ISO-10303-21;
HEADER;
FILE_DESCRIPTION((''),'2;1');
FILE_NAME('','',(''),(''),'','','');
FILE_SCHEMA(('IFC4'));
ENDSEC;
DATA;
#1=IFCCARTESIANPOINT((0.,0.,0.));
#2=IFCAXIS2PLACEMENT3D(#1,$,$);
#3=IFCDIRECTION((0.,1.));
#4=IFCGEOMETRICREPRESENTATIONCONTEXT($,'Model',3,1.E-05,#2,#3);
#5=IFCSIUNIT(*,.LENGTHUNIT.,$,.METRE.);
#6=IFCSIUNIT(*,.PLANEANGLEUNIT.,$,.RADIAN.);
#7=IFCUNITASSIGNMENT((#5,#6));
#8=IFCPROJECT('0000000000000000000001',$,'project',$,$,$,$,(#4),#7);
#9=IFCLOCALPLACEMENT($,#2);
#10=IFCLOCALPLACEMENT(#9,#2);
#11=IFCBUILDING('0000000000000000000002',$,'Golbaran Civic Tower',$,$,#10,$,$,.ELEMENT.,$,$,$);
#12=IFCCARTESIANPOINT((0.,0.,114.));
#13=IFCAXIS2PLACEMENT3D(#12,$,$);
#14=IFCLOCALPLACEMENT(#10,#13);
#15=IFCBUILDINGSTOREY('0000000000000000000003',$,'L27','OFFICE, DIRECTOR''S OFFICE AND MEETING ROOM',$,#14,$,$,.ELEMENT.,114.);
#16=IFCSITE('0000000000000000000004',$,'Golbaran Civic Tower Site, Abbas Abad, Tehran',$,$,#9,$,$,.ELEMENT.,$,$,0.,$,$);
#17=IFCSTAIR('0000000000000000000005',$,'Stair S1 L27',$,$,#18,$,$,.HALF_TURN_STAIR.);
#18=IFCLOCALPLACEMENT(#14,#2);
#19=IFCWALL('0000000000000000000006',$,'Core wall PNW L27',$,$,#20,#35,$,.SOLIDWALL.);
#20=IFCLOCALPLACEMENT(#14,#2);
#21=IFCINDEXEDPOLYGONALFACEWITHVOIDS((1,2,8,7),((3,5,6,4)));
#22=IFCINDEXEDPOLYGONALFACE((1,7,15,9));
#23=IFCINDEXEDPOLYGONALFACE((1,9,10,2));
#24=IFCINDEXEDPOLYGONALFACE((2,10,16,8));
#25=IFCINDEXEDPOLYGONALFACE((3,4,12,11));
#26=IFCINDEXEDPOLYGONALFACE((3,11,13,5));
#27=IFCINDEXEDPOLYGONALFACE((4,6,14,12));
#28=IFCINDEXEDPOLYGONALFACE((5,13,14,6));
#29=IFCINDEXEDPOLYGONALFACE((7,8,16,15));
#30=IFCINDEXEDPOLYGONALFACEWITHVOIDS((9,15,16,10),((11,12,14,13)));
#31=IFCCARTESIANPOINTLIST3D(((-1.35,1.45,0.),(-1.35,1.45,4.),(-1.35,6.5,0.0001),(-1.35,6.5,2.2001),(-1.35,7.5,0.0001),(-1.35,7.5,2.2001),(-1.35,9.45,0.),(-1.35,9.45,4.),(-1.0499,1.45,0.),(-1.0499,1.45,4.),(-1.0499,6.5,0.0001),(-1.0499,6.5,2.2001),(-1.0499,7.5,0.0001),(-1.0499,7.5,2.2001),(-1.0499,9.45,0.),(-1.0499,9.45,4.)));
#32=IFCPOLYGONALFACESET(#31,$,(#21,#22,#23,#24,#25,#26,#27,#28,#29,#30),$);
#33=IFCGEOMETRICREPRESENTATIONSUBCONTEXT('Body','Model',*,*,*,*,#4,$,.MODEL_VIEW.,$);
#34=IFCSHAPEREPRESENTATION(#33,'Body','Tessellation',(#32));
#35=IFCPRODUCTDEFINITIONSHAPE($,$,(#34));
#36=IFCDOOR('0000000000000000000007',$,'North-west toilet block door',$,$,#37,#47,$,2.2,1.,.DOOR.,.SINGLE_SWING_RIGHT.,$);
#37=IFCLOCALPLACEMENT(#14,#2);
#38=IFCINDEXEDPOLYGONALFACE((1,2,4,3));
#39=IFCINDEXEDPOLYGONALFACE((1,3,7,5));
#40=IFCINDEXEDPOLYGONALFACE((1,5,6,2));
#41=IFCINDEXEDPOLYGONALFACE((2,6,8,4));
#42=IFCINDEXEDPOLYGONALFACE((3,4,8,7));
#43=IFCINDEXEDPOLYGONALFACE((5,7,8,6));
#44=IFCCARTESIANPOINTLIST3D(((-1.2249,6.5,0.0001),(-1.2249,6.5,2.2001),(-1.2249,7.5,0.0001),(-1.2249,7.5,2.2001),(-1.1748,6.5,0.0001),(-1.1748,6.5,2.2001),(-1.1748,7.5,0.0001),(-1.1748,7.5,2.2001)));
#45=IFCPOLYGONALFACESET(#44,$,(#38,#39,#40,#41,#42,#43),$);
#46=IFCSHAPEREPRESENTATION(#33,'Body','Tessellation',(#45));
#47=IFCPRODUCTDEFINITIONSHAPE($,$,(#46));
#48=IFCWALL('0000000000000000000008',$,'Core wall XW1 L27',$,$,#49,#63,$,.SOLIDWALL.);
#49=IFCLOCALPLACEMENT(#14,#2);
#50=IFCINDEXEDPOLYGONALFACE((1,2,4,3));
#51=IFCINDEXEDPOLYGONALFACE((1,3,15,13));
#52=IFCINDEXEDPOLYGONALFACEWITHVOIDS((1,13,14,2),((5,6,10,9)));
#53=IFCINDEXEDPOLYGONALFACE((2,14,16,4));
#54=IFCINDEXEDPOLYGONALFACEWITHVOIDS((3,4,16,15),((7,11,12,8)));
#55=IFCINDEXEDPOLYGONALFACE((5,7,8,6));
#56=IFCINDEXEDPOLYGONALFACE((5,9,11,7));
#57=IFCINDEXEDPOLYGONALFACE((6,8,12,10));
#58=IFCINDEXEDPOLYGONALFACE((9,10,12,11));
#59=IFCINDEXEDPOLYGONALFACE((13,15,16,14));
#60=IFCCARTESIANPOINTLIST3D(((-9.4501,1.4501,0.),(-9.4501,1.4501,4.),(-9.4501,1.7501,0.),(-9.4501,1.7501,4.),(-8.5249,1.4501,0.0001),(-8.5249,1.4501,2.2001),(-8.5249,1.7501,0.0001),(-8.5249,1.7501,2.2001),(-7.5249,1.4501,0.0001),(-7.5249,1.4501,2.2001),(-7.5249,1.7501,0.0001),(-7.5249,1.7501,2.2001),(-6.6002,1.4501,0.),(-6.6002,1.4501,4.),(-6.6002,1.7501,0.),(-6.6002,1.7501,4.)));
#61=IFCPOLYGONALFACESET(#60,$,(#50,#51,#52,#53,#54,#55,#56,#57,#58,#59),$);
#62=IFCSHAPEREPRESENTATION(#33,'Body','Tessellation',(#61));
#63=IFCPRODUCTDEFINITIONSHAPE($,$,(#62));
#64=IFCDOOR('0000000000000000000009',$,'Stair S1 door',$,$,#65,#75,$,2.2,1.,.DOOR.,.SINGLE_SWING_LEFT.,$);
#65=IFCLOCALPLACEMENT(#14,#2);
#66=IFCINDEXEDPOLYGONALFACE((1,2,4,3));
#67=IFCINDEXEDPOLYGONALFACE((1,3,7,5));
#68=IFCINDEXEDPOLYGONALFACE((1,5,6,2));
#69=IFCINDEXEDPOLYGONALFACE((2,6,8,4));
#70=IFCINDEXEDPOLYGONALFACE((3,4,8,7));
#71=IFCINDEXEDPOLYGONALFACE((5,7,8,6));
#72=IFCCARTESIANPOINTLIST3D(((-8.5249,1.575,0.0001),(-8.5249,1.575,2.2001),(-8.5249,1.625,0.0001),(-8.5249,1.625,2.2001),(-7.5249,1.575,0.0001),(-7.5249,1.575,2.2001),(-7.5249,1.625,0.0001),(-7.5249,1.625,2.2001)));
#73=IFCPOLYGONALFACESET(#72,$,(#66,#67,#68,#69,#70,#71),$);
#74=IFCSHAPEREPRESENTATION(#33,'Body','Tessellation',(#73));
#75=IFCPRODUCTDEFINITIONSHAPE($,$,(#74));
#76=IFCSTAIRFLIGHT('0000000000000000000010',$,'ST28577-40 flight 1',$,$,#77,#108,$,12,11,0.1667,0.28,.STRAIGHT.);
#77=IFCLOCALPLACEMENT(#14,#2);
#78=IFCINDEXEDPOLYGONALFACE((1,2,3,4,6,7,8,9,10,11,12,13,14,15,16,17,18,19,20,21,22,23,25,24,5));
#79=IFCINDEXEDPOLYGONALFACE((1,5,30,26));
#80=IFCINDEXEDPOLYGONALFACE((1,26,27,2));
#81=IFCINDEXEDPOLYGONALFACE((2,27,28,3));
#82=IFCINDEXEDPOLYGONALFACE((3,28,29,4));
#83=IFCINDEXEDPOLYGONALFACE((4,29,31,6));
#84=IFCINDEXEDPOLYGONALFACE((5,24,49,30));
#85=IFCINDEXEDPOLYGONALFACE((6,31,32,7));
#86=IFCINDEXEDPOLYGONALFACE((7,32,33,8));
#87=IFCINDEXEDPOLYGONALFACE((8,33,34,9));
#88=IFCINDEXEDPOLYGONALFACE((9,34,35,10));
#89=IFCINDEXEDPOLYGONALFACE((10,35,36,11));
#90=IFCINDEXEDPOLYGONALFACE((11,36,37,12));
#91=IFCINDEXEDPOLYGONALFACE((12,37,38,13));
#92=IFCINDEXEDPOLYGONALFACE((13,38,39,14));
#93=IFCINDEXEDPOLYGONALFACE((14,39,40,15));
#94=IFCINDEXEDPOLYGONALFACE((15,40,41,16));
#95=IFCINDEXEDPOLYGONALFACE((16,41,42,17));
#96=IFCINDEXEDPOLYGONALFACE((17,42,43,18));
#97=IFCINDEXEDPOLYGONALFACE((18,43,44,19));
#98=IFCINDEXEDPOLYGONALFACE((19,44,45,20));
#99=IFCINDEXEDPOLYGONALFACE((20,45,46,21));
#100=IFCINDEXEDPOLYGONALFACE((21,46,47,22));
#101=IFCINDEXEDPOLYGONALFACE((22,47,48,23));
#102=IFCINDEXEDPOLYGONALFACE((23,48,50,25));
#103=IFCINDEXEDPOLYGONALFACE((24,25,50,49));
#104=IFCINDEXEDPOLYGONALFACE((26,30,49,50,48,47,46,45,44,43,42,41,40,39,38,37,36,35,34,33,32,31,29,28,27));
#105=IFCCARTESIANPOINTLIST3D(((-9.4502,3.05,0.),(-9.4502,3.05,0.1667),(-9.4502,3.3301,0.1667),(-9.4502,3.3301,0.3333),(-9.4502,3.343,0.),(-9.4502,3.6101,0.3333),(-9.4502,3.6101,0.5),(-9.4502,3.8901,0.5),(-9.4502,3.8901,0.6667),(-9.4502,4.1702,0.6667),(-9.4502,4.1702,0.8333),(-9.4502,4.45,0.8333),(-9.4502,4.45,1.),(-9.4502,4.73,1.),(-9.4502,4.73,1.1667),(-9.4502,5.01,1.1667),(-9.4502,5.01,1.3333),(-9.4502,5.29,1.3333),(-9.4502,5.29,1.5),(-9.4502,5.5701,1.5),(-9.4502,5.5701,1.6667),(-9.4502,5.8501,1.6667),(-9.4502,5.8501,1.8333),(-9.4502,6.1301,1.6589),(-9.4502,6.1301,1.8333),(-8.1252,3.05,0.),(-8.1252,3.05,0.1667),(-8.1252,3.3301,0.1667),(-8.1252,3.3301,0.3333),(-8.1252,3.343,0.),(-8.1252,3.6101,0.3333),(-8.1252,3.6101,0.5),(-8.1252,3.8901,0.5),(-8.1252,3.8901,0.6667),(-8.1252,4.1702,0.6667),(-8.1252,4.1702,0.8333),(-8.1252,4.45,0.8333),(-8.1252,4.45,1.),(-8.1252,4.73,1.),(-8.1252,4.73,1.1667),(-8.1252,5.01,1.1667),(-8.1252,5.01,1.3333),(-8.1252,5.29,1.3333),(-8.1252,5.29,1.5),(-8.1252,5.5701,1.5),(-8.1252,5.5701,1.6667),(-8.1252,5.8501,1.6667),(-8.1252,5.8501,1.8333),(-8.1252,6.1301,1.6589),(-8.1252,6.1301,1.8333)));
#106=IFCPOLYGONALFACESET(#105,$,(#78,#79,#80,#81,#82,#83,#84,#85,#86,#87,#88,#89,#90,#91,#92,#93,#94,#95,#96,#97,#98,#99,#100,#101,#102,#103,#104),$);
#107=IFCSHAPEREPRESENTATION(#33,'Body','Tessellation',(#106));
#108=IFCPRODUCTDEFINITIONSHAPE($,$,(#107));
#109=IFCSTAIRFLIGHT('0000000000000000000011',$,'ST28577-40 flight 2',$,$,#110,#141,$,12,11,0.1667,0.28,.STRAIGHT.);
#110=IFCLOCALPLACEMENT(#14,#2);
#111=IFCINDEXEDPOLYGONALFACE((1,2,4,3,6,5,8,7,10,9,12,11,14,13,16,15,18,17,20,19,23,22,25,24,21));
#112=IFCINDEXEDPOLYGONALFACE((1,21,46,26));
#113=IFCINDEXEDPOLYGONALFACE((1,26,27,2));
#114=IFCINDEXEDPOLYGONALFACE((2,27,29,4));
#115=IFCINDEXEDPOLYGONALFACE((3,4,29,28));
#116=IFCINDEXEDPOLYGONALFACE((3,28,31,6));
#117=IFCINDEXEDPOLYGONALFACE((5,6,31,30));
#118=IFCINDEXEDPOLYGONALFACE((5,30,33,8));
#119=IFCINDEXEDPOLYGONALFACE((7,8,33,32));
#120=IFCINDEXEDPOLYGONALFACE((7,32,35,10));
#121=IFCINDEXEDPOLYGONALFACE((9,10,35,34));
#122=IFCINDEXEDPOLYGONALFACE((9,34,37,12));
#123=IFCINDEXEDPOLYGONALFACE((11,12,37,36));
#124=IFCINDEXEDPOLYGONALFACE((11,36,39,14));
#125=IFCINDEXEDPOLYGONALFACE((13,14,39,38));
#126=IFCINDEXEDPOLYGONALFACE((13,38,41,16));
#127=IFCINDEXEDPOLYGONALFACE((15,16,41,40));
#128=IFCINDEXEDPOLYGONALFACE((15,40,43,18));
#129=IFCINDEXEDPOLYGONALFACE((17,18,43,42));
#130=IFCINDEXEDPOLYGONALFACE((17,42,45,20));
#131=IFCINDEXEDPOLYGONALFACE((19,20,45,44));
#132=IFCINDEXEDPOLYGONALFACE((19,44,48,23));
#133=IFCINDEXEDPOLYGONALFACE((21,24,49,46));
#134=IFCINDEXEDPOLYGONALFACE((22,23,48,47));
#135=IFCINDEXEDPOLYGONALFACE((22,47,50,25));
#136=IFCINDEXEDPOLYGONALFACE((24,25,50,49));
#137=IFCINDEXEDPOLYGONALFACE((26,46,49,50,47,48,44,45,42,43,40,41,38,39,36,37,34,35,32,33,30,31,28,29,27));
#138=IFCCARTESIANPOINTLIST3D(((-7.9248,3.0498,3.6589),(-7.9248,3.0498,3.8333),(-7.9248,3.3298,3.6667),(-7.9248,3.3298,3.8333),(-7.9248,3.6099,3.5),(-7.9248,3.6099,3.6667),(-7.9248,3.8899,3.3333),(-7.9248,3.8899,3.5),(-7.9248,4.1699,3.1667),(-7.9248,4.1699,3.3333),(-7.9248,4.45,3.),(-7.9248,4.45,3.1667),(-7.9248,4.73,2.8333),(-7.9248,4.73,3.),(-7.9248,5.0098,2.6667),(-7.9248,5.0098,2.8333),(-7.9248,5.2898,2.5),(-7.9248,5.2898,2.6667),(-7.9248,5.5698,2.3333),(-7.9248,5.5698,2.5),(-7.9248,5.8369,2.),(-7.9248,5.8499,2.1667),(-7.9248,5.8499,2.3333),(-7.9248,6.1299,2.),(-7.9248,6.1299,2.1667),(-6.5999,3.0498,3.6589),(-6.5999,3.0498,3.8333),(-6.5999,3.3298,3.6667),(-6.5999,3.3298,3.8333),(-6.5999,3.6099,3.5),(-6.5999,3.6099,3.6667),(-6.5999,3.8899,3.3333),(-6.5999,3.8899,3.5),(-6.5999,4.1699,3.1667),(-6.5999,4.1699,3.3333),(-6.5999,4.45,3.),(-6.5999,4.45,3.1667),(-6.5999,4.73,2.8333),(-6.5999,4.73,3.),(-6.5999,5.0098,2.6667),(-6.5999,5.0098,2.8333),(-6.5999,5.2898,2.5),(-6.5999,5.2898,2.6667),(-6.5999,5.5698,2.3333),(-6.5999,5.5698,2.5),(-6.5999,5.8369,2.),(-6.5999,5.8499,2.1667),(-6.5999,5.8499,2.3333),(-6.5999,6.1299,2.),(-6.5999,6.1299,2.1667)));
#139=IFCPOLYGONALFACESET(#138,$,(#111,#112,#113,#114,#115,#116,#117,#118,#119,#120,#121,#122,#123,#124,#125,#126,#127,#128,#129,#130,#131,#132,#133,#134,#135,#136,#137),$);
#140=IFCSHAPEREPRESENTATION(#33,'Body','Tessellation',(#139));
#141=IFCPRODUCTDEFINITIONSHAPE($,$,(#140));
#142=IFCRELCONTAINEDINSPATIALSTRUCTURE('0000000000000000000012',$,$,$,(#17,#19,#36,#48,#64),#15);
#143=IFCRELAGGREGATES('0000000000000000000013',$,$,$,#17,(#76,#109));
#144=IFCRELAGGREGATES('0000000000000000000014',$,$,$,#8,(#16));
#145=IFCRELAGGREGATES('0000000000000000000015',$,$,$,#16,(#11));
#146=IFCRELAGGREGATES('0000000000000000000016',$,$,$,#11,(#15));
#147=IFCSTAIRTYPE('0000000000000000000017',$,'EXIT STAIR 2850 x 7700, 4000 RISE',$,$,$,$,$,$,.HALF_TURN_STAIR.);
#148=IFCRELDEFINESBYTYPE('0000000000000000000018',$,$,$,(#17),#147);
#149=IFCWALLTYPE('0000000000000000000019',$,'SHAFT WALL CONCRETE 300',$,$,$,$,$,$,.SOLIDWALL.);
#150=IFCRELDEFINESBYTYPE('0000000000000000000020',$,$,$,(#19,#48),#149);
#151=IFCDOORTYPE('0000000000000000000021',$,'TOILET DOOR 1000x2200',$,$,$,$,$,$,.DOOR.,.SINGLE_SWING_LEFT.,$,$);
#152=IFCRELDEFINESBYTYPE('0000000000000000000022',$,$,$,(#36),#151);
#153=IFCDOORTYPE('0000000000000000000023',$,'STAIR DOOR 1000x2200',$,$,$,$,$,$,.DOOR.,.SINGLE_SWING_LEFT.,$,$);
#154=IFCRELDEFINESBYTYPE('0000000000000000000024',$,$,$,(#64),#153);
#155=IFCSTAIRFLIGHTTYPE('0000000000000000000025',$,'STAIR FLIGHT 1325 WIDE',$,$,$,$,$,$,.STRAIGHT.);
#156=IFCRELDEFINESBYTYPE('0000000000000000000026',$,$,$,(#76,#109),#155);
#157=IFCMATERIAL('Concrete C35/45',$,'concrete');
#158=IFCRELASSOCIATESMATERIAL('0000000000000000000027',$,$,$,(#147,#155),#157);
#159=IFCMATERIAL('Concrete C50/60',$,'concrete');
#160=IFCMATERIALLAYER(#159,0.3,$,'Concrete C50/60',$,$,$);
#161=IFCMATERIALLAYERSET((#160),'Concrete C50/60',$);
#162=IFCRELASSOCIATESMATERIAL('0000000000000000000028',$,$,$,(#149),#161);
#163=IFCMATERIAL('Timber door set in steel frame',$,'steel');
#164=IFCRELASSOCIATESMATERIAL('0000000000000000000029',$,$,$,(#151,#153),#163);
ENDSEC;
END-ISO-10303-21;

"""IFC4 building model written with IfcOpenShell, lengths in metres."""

from ifc_helpers import new_model, si_unit, direction, frame, frame_2d, origin, place, context, subcontext, project, spatial, polyline, rectangle, outline, extrude, material, layer, layer_set, type_object, element, fill, aggregate, save


model = new_model("IFC4")

# Units and contexts
model_context = context("Model", 3, precision=1e-05, world=origin(), true_north=direction((0.0, 1.0)))
body_context = subcontext(model_context, "Body", "Model", "MODEL_VIEW")
ifc_project = project(units=[si_unit("LENGTHUNIT", "METRE"), si_unit("PLANEANGLEUNIT", "RADIAN")], contexts=[model_context])

# Site, building, storey
site_placement = place(None, origin())
site = spatial("IfcSite", under=ifc_project, at=site_placement, Name="Golbaran Civic Tower Site, Abbas Abad, Tehran", CompositionType="ELEMENT", RefElevation=0.0)
building_placement = place(site_placement, origin())
building = spatial("IfcBuilding", under=site, at=building_placement, Name="Golbaran Civic Tower", CompositionType="ELEMENT")
storey_placement = place(building_placement, frame((0.0, 0.0, 114.0)))
storey = spatial("IfcBuildingStorey", under=building, at=storey_placement, Name="L27", Description="OFFICE, DIRECTOR'S OFFICE AND MEETING ROOM", CompositionType="ELEMENT", Elevation=114.0)

# Stair
ifc_material_1 = material(Name="Concrete C35/45", Category="concrete")
stair_type = type_object("IfcStairType", Name="EXIT STAIR 2850 x 7700, 4000 RISE", PredefinedType="HALF_TURN_STAIR", material=ifc_material_1)
stair_placement = place(storey_placement, origin())
stair = element("IfcStair", 1, at=stair_placement, inside=storey, type_object=stair_type, Name="Stair S1 L27", PredefinedType="HALF_TURN_STAIR")

# Shared definitions
ifc_material_2 = material(Name="Concrete C50/60", Category="concrete")

# Shared definitions
ifc_material_3 = material(Name="Timber door set in steel frame", Category="steel")

# Shared definitions
ifc_layer_1 = layer(ifc_material_2, 0.3, Name="Concrete C50/60")
ifc_layer_set_1 = layer_set([ifc_layer_1], Name="Concrete C50/60")
wall_type_1 = type_object("IfcWallType", Name="SHAFT WALL CONCRETE 300", PredefinedType="SOLIDWALL", material=ifc_layer_set_1)

# Walls, openings, doors
wall_1_placement = place(storey_placement, frame((-1.2, 1.45, 0.0), z_axis=(0.0, 0.0, 1.0), x_axis=(0.0, 1.0, 0.0)))
wall_1 = element("IfcWall", 2, at=wall_1_placement, inside=storey, type_object=wall_type_1, Name="Core wall PNW L27", PredefinedType="SOLIDWALL", context=body_context, shape_type="SweptSolid", body=[
    extrude(rectangle(XDim=8.0, YDim=0.3, at=frame_2d((4.0, 0.0))), origin(), (0.0, 0.0, 1.0), 4.0),
])
opening_1_placement = place(wall_1_placement, frame((5.05, 0.0, 0.0)))
opening_1 = element("IfcOpeningElement", 3, at=opening_1_placement, cuts=wall_1, PredefinedType="OPENING", context=body_context, shape_type="SweptSolid", body=[
    extrude(rectangle(XDim=1.0, YDim=2.2, at=frame_2d((0.5, 1.1001))), frame((0.0, 0.1599, 0.0), z_axis=(0.0, -1.0, 0.0), x_axis=(1.0, 0.0, 0.0)), (0.0, 0.0, 1.0), 0.3201),
])
door_type_1 = type_object("IfcDoorType", Name="TOILET DOOR 1000x2200", OperationType="SINGLE_SWING_LEFT", PredefinedType="DOOR", material=ifc_material_3)
door_1_placement = place(opening_1_placement, origin())
door_1 = element("IfcDoor", 4, at=door_1_placement, inside=storey, type_object=door_type_1, Name="North-west toilet block door", OperationType="SINGLE_SWING_RIGHT", OverallHeight=2.2, OverallWidth=1.0, PredefinedType="DOOR", context=body_context, shape_type="SweptSolid", body=[
    extrude(rectangle(XDim=1.0, YDim=2.2, at=frame_2d((0.5, 1.1001))), frame((0.0, 0.0249, 0.0), z_axis=(0.0, -1.0, 0.0), x_axis=(1.0, 0.0, 0.0)), (0.0, 0.0, 1.0), 0.05),
])
fill(opening_1, door_1)
wall_2_placement = place(storey_placement, frame((-9.45, 1.6001, 0.0), z_axis=(0.0, 0.0, 1.0), x_axis=(1.0, 0.0, 0.0)))
wall_2 = element("IfcWall", 5, at=wall_2_placement, inside=storey, type_object=wall_type_1, Name="Core wall XW1 L27", PredefinedType="SOLIDWALL", context=body_context, shape_type="SweptSolid", body=[
    extrude(rectangle(XDim=2.8499, YDim=0.3, at=frame_2d((1.4248, 0.0))), origin(), (0.0, 0.0, 1.0), 4.0),
])
opening_2_placement = place(wall_2_placement, frame((0.925, 0.0, 0.0)))
opening_2 = element("IfcOpeningElement", 6, at=opening_2_placement, cuts=wall_2, PredefinedType="OPENING", context=body_context, shape_type="SweptSolid", body=[
    extrude(rectangle(XDim=1.0, YDim=2.2, at=frame_2d((0.5, 1.1001))), frame((0.0, 0.1599, 0.0), z_axis=(0.0, -1.0, 0.0), x_axis=(1.0, 0.0, 0.0)), (0.0, 0.0, 1.0), 0.3201),
])
door_type_2 = type_object("IfcDoorType", Name="STAIR DOOR 1000x2200", OperationType="SINGLE_SWING_LEFT", PredefinedType="DOOR", material=ifc_material_3)
door_2_placement = place(opening_2_placement, origin())
door_2 = element("IfcDoor", 7, at=door_2_placement, inside=storey, type_object=door_type_2, Name="Stair S1 door", OperationType="SINGLE_SWING_LEFT", OverallHeight=2.2, OverallWidth=1.0, PredefinedType="DOOR", context=body_context, shape_type="SweptSolid", body=[
    extrude(rectangle(XDim=1.0, YDim=2.2, at=frame_2d((0.5, 1.1001))), frame((0.0, 0.0249, 0.0), z_axis=(0.0, -1.0, 0.0), x_axis=(1.0, 0.0, 0.0)), (0.0, 0.0, 1.0), 0.05),
])
fill(opening_2, door_2)

# Stair flights
stair_flight_type = type_object("IfcStairFlightType", Name="STAIR FLIGHT 1325 WIDE", PredefinedType="STRAIGHT", material=ifc_material_1)
stair_flight_1_placement = place(storey_placement, frame((-8.7876, 3.05, 0.0), z_axis=(0.0, 0.0, 1.0), x_axis=(0.0, 1.0, 0.0)))
stair_flight_1 = element("IfcStairFlight", 8, at=stair_flight_1_placement, type_object=stair_flight_type, Name="ST28577-40 flight 1", NumberOfRisers=12, NumberOfTreads=11, PredefinedType="STRAIGHT", RiserHeight=0.1667, TreadLength=0.28, context=body_context, shape_type="SweptSolid", body=[
    extrude(outline(polyline([(0.0, 0.0), (0.0, 0.1667), (0.28, 0.1667), (0.28, 0.3333), (0.5601, 0.3333), (0.5601, 0.5), (0.8401, 0.5), (0.8401, 0.6667), (1.1201, 0.6667), (1.1201, 0.8333), (1.3999, 0.8333), (1.3999, 1.0), (1.6799, 1.0), (1.6799, 1.1667), (1.96, 1.1667), (1.96, 1.3333), (2.24, 1.3333), (2.24, 1.5), (2.52, 1.5), (2.52, 1.6667), (2.8, 1.6667), (2.8, 1.8333), (3.0801, 1.8333), (3.0801, 2.0), (3.0801, 1.6589), (0.293, 0.0), (0.0, 0.0)])), frame((0.0, 0.6626, 0.0), z_axis=(0.0, -1.0, 0.0), x_axis=(1.0, 0.0, 0.0)), (0.0, 0.0, 1.0), 1.325),
])
stair_flight_2_placement = place(storey_placement, frame((-7.2625, 6.1299, 2.0), z_axis=(0.0, 0.0, 1.0), x_axis=(0.0, -1.0, 0.0)))
stair_flight_2 = element("IfcStairFlight", 9, at=stair_flight_2_placement, type_object=stair_flight_type, Name="ST28577-40 flight 2", NumberOfRisers=12, NumberOfTreads=11, PredefinedType="STRAIGHT", RiserHeight=0.1667, TreadLength=0.28, context=body_context, shape_type="SweptSolid", body=[
    extrude(outline(polyline([(0.0, 0.0), (0.0, 0.1667), (0.28, 0.1667), (0.28, 0.3333), (0.5601, 0.3333), (0.5601, 0.5), (0.8401, 0.5), (0.8401, 0.6667), (1.1201, 0.6667), (1.1201, 0.8333), (1.3999, 0.8333), (1.3999, 1.0), (1.6799, 1.0), (1.6799, 1.1667), (1.96, 1.1667), (1.96, 1.3333), (2.24, 1.3333), (2.24, 1.5), (2.52, 1.5), (2.52, 1.6667), (2.8, 1.6667), (2.8, 1.8333), (3.0801, 1.8333), (3.0801, 2.0), (3.0801, 1.6589), (0.293, 0.0), (0.0, 0.0)])), frame((0.0, 0.6626, 0.0), z_axis=(0.0, -1.0, 0.0), x_axis=(1.0, 0.0, 0.0)), (0.0, 0.0, 1.0), 1.325),
])
aggregate(stair, [stair_flight_1, stair_flight_2])

save(model, "model.ifc")
